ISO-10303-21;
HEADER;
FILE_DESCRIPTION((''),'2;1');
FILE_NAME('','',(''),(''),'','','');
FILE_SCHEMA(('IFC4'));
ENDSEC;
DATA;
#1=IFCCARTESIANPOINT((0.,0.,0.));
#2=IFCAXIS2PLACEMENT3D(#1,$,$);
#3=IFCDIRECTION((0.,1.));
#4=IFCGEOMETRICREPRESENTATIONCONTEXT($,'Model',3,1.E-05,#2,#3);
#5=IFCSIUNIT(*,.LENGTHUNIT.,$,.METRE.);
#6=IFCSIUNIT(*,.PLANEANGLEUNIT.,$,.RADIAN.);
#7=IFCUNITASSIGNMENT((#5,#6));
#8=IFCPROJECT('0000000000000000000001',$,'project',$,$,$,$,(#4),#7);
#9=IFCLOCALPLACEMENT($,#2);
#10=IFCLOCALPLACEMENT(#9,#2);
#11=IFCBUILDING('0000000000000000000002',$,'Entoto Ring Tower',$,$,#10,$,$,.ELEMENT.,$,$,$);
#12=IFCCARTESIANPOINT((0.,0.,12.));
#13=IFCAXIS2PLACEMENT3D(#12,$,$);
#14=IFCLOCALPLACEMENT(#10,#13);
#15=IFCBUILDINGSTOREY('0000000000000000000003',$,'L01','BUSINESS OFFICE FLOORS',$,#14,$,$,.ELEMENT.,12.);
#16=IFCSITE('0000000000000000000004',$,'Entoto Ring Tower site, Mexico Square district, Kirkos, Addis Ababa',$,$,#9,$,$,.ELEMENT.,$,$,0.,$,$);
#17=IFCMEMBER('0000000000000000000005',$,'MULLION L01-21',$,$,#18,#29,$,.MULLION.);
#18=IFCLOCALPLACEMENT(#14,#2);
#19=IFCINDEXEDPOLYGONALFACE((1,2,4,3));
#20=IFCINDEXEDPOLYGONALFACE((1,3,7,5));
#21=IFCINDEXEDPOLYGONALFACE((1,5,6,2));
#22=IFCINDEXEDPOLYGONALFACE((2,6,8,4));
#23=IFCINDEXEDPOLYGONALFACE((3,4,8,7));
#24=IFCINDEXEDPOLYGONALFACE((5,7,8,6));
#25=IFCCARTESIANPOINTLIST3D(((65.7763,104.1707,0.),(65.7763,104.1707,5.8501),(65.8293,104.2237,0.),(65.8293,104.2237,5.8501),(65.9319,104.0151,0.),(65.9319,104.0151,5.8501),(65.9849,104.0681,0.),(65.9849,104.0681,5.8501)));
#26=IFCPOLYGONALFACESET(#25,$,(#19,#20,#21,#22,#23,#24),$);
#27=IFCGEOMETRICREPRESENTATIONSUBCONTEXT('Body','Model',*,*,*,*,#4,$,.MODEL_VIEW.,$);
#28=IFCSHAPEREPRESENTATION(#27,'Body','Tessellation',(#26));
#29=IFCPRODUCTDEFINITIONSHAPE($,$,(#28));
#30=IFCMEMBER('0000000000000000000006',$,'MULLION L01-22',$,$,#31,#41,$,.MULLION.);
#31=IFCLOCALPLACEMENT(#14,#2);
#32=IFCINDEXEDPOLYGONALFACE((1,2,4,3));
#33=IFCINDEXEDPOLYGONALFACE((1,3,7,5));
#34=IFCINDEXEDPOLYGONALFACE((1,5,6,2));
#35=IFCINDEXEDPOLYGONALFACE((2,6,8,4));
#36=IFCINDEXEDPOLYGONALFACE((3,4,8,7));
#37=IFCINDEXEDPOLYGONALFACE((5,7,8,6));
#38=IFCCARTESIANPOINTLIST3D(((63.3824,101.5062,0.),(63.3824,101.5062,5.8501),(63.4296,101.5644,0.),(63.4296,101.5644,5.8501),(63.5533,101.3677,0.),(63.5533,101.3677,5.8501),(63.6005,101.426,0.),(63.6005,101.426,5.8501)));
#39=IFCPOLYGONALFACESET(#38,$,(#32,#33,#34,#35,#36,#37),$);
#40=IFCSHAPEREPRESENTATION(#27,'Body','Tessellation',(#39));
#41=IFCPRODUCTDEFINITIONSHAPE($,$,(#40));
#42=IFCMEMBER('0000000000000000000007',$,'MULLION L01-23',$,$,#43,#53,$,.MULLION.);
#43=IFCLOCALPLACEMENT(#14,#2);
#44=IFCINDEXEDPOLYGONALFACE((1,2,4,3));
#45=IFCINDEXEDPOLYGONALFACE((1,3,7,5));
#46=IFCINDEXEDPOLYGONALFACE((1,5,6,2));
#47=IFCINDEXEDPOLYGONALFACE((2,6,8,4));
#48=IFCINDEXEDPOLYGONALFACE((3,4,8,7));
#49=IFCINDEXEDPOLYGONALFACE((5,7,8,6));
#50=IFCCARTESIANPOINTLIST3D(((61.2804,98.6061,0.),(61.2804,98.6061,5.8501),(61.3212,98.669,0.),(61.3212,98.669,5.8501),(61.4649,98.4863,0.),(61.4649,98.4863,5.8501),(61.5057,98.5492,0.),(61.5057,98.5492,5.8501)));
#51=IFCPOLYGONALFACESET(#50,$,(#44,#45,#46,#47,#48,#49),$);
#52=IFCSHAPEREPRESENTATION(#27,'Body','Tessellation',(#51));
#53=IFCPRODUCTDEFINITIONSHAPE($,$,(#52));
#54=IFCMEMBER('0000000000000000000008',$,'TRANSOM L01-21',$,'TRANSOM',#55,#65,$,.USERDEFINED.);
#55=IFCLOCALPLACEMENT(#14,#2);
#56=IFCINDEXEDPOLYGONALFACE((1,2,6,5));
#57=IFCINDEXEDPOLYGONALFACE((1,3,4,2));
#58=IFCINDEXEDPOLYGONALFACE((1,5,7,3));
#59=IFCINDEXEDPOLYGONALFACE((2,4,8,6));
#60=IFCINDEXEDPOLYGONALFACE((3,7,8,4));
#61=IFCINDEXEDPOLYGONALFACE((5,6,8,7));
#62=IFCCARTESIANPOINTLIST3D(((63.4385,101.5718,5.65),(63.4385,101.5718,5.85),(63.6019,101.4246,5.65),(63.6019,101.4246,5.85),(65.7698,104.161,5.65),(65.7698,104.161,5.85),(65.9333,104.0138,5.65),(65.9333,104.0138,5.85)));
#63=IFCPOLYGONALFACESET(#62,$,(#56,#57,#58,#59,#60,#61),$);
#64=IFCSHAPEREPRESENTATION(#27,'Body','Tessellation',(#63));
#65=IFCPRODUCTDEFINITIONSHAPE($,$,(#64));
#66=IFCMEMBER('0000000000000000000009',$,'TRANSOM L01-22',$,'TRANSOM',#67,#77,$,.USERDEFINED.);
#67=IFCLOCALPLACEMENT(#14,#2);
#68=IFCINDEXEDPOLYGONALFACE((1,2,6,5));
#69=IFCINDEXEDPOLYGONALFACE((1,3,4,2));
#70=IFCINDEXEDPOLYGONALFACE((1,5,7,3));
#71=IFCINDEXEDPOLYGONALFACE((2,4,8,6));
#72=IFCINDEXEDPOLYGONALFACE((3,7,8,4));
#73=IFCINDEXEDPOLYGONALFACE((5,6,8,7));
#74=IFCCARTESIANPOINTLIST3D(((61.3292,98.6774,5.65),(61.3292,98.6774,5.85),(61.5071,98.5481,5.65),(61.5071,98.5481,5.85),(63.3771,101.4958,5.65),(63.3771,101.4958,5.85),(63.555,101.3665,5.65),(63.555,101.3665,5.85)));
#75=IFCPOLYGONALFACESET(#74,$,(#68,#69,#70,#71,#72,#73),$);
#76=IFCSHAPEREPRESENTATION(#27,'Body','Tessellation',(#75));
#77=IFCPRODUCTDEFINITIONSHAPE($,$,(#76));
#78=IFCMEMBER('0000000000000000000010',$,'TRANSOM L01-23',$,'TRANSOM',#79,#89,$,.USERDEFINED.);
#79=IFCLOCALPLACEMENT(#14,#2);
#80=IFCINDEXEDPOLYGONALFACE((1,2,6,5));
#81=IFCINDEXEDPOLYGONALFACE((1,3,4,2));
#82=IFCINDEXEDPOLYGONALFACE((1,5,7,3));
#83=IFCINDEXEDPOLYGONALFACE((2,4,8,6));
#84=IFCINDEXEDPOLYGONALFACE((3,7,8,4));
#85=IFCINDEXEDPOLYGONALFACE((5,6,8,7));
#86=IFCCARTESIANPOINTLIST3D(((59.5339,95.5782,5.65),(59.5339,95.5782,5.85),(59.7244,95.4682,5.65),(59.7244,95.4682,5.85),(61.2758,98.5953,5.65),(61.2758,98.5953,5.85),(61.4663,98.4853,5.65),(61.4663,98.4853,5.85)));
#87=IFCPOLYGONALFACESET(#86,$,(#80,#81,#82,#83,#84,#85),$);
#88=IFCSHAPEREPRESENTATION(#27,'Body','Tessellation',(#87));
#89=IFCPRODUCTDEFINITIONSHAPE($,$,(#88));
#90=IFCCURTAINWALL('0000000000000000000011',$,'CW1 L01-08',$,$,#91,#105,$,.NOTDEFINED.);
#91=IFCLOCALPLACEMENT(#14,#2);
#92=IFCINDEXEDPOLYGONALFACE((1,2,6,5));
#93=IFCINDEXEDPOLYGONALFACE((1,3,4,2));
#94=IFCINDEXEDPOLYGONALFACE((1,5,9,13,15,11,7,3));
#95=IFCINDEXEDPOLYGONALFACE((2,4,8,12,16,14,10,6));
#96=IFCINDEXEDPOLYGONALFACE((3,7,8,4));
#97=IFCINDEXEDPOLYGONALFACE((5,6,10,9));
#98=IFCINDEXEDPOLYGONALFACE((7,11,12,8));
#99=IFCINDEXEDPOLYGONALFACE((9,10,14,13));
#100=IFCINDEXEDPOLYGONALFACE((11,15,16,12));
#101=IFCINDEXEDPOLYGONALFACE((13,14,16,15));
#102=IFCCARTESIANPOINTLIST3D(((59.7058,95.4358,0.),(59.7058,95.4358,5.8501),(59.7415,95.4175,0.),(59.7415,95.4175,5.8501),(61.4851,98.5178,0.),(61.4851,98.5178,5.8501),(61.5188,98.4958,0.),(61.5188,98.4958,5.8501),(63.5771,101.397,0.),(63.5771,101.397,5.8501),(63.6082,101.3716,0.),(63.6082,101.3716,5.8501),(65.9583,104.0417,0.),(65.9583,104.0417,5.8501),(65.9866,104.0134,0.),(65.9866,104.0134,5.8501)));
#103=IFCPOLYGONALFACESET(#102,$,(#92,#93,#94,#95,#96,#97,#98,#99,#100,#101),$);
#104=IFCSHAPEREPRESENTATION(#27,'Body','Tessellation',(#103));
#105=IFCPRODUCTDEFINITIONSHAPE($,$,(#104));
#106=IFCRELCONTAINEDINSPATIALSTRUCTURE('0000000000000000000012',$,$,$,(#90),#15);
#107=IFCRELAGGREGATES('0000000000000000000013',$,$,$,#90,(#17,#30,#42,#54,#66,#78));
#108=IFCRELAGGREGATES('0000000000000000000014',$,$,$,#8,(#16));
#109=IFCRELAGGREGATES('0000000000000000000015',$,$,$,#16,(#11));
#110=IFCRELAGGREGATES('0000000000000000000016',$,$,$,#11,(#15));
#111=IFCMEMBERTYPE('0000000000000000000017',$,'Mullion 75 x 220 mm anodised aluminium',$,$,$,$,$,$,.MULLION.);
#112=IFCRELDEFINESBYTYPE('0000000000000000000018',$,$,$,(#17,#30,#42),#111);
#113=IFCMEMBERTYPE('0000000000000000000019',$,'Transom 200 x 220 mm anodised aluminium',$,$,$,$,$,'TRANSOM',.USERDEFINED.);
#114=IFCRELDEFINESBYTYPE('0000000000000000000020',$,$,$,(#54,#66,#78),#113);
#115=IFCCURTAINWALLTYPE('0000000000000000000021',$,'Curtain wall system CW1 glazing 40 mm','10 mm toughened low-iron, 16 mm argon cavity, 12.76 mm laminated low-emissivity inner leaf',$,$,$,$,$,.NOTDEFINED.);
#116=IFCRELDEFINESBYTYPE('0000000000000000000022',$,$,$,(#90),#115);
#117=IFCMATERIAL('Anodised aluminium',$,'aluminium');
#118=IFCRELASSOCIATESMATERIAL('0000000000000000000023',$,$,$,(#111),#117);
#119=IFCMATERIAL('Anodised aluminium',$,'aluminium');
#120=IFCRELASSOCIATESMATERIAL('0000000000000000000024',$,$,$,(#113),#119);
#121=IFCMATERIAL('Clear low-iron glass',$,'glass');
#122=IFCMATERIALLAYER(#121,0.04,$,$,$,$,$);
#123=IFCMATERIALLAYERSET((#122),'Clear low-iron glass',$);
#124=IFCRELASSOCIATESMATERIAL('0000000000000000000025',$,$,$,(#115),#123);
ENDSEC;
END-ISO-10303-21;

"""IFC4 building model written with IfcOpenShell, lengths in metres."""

from ifc_helpers import new_model, si_unit, direction, frame, origin, origin_2d, place, context, subcontext, project, spatial, polyline, rectangle, outline, extrude, material, layer, layer_set, material_profile, profile_set, type_object, element, aggregate, save


model = new_model("IFC4")

# Units and contexts
model_context = context("Model", 3, precision=1e-05, world=origin(), true_north=direction((0.0, 1.0)))
body_context = subcontext(model_context, "Body", "Model", "MODEL_VIEW")
ifc_project = project(units=[si_unit("LENGTHUNIT", "METRE"), si_unit("PLANEANGLEUNIT", "RADIAN")], contexts=[model_context])

# Members
ifc_material_1 = material(Name="Anodised aluminium", Category="aluminium")
ifc_material_profile_1 = material_profile(ifc_material_1, rectangle(XDim=0.075, YDim=0.22, at=origin_2d()), Name="Mullion 75 x 220 mm anodised aluminium")
ifc_profile_set_1 = profile_set([ifc_material_profile_1], Name="Anodised aluminium")
member_type_1 = type_object("IfcMemberType", Name="Mullion 75 x 220 mm anodised aluminium", PredefinedType="MULLION", material=ifc_profile_set_1)
site_placement = place(None, origin())
building_placement = place(site_placement, origin())
storey_placement = place(building_placement, frame((0.0, 0.0, 12.0)))
member_1_placement = place(storey_placement, frame((65.8806, 104.1194, 0.0), z_axis=(0.0, 0.0, 1.0), x_axis=(-0.707107, -0.707107, 0.0)))
member_1 = element("IfcMember", 1, at=member_1_placement, type_object=member_type_1, Name="MULLION L01-21", PredefinedType="MULLION", context=body_context, shape_type="SweptSolid", body=[
    extrude(rectangle(XDim=0.075, YDim=0.22, at=origin_2d()), origin(), (0.0, 0.0, 1.0), 5.8501),
])
member_2_placement = place(storey_placement, frame((63.4915, 101.4661, 0.0), z_axis=(0.0, 0.0, 1.0), x_axis=(-0.62932, -0.777146, 0.0)))
member_2 = element("IfcMember", 2, at=member_2_placement, type_object=member_type_1, Name="MULLION L01-22", PredefinedType="MULLION", context=body_context, shape_type="SweptSolid", body=[
    extrude(rectangle(XDim=0.075, YDim=0.22, at=origin_2d()), origin(), (0.0, 0.0, 1.0), 5.8501),
])
member_3_placement = place(storey_placement, frame((61.3931, 98.5776, 0.0), z_axis=(0.0, 0.0, 1.0), x_axis=(-0.544639, -0.838671, 0.0)))
member_3 = element("IfcMember", 3, at=member_3_placement, type_object=member_type_1, Name="MULLION L01-23", PredefinedType="MULLION", context=body_context, shape_type="SweptSolid", body=[
    extrude(rectangle(XDim=0.075, YDim=0.22, at=origin_2d()), origin(), (0.0, 0.0, 1.0), 5.8501),
])
ifc_material_2 = material(Name="Anodised aluminium", Category="aluminium")
ifc_material_profile_2 = material_profile(ifc_material_2, rectangle(XDim=0.22, YDim=0.2, at=origin_2d()), Name="Transom 200 x 220 mm anodised aluminium")
ifc_profile_set_2 = profile_set([ifc_material_profile_2], Name="Anodised aluminium")
member_type_2 = type_object("IfcMemberType", Name="Transom 200 x 220 mm anodised aluminium", ElementType="TRANSOM", PredefinedType="USERDEFINED", material=ifc_profile_set_2)
member_4_placement = place(storey_placement, frame((65.8516, 104.0874, 5.75), z_axis=(-0.669139, -0.743137, 0.0), x_axis=(0.743137, -0.669139, 0.0)))
member_4 = element("IfcMember", 4, at=member_4_placement, type_object=member_type_2, Name="TRANSOM L01-21", ObjectType="TRANSOM", PredefinedType="USERDEFINED", context=body_context, shape_type="SweptSolid", body=[
    extrude(rectangle(XDim=0.22, YDim=0.2, at=origin_2d()), origin(), (0.0, 0.0, 1.0), 3.4841),
])
member_5_placement = place(storey_placement, frame((63.4661, 101.4312, 5.75), z_axis=(-0.587822, -0.808991, 0.0), x_axis=(0.808991, -0.587822, 0.0)))
member_5 = element("IfcMember", 5, at=member_5_placement, type_object=member_type_2, Name="TRANSOM L01-22", ObjectType="TRANSOM", PredefinedType="USERDEFINED", context=body_context, shape_type="SweptSolid", body=[
    extrude(rectangle(XDim=0.22, YDim=0.2, at=origin_2d()), origin(), (0.0, 0.0, 1.0), 3.4839),
])
member_6_placement = place(storey_placement, frame((61.3711, 98.5403, 5.75), z_axis=(-0.500006, -0.866022, 0.0), x_axis=(0.866022, -0.500006, 0.0)))
member_6 = element("IfcMember", 6, at=member_6_placement, type_object=member_type_2, Name="TRANSOM L01-23", ObjectType="TRANSOM", PredefinedType="USERDEFINED", context=body_context, shape_type="SweptSolid", body=[
    extrude(rectangle(XDim=0.22, YDim=0.2, at=origin_2d()), origin(), (0.0, 0.0, 1.0), 3.4839),
])

# Site, building, storey
site = spatial("IfcSite", under=ifc_project, at=site_placement, Name="Entoto Ring Tower site, Mexico Square district, Kirkos, Addis Ababa", CompositionType="ELEMENT", RefElevation=0.0)
building = spatial("IfcBuilding", under=site, at=building_placement, Name="Entoto Ring Tower", CompositionType="ELEMENT")
storey = spatial("IfcBuildingStorey", under=building, at=storey_placement, Name="L01", Description="BUSINESS OFFICE FLOORS", CompositionType="ELEMENT", Elevation=12.0)

# Curtain wall
ifc_material_3 = material(Name="Clear low-iron glass", Category="glass")
ifc_layer = layer(ifc_material_3, 0.04)
ifc_layer_set = layer_set([ifc_layer], Name="Clear low-iron glass")
curtain_wall_type = type_object("IfcCurtainWallType", Name="Curtain wall system CW1 glazing 40 mm", Description="10 mm toughened low-iron, 16 mm argon cavity, 12.76 mm laminated low-emissivity inner leaf", PredefinedType="NOTDEFINED", material=ifc_layer_set)
curtain_wall_1_placement = place(storey_placement, origin())
curtain_wall_1 = element("IfcCurtainWall", 7, at=curtain_wall_1_placement, inside=storey, type_object=curtain_wall_type, Name="CW1 L01-08", PredefinedType="NOTDEFINED", context=body_context, shape_type="SweptSolid", body=[
    extrude(outline(polyline([(65.9583, 104.0417), (63.5771, 101.397), (61.4851, 98.5178), (59.7058, 95.4358), (59.7415, 95.4175), (61.5188, 98.4958), (63.6082, 101.3716), (65.9866, 104.0134), (65.9583, 104.0417)])), origin(), (0.0, 0.0, 1.0), 5.8501),
])
aggregate(curtain_wall_1, [member_1, member_2, member_3, member_4, member_5, member_6])

save(model, "model.ifc")
